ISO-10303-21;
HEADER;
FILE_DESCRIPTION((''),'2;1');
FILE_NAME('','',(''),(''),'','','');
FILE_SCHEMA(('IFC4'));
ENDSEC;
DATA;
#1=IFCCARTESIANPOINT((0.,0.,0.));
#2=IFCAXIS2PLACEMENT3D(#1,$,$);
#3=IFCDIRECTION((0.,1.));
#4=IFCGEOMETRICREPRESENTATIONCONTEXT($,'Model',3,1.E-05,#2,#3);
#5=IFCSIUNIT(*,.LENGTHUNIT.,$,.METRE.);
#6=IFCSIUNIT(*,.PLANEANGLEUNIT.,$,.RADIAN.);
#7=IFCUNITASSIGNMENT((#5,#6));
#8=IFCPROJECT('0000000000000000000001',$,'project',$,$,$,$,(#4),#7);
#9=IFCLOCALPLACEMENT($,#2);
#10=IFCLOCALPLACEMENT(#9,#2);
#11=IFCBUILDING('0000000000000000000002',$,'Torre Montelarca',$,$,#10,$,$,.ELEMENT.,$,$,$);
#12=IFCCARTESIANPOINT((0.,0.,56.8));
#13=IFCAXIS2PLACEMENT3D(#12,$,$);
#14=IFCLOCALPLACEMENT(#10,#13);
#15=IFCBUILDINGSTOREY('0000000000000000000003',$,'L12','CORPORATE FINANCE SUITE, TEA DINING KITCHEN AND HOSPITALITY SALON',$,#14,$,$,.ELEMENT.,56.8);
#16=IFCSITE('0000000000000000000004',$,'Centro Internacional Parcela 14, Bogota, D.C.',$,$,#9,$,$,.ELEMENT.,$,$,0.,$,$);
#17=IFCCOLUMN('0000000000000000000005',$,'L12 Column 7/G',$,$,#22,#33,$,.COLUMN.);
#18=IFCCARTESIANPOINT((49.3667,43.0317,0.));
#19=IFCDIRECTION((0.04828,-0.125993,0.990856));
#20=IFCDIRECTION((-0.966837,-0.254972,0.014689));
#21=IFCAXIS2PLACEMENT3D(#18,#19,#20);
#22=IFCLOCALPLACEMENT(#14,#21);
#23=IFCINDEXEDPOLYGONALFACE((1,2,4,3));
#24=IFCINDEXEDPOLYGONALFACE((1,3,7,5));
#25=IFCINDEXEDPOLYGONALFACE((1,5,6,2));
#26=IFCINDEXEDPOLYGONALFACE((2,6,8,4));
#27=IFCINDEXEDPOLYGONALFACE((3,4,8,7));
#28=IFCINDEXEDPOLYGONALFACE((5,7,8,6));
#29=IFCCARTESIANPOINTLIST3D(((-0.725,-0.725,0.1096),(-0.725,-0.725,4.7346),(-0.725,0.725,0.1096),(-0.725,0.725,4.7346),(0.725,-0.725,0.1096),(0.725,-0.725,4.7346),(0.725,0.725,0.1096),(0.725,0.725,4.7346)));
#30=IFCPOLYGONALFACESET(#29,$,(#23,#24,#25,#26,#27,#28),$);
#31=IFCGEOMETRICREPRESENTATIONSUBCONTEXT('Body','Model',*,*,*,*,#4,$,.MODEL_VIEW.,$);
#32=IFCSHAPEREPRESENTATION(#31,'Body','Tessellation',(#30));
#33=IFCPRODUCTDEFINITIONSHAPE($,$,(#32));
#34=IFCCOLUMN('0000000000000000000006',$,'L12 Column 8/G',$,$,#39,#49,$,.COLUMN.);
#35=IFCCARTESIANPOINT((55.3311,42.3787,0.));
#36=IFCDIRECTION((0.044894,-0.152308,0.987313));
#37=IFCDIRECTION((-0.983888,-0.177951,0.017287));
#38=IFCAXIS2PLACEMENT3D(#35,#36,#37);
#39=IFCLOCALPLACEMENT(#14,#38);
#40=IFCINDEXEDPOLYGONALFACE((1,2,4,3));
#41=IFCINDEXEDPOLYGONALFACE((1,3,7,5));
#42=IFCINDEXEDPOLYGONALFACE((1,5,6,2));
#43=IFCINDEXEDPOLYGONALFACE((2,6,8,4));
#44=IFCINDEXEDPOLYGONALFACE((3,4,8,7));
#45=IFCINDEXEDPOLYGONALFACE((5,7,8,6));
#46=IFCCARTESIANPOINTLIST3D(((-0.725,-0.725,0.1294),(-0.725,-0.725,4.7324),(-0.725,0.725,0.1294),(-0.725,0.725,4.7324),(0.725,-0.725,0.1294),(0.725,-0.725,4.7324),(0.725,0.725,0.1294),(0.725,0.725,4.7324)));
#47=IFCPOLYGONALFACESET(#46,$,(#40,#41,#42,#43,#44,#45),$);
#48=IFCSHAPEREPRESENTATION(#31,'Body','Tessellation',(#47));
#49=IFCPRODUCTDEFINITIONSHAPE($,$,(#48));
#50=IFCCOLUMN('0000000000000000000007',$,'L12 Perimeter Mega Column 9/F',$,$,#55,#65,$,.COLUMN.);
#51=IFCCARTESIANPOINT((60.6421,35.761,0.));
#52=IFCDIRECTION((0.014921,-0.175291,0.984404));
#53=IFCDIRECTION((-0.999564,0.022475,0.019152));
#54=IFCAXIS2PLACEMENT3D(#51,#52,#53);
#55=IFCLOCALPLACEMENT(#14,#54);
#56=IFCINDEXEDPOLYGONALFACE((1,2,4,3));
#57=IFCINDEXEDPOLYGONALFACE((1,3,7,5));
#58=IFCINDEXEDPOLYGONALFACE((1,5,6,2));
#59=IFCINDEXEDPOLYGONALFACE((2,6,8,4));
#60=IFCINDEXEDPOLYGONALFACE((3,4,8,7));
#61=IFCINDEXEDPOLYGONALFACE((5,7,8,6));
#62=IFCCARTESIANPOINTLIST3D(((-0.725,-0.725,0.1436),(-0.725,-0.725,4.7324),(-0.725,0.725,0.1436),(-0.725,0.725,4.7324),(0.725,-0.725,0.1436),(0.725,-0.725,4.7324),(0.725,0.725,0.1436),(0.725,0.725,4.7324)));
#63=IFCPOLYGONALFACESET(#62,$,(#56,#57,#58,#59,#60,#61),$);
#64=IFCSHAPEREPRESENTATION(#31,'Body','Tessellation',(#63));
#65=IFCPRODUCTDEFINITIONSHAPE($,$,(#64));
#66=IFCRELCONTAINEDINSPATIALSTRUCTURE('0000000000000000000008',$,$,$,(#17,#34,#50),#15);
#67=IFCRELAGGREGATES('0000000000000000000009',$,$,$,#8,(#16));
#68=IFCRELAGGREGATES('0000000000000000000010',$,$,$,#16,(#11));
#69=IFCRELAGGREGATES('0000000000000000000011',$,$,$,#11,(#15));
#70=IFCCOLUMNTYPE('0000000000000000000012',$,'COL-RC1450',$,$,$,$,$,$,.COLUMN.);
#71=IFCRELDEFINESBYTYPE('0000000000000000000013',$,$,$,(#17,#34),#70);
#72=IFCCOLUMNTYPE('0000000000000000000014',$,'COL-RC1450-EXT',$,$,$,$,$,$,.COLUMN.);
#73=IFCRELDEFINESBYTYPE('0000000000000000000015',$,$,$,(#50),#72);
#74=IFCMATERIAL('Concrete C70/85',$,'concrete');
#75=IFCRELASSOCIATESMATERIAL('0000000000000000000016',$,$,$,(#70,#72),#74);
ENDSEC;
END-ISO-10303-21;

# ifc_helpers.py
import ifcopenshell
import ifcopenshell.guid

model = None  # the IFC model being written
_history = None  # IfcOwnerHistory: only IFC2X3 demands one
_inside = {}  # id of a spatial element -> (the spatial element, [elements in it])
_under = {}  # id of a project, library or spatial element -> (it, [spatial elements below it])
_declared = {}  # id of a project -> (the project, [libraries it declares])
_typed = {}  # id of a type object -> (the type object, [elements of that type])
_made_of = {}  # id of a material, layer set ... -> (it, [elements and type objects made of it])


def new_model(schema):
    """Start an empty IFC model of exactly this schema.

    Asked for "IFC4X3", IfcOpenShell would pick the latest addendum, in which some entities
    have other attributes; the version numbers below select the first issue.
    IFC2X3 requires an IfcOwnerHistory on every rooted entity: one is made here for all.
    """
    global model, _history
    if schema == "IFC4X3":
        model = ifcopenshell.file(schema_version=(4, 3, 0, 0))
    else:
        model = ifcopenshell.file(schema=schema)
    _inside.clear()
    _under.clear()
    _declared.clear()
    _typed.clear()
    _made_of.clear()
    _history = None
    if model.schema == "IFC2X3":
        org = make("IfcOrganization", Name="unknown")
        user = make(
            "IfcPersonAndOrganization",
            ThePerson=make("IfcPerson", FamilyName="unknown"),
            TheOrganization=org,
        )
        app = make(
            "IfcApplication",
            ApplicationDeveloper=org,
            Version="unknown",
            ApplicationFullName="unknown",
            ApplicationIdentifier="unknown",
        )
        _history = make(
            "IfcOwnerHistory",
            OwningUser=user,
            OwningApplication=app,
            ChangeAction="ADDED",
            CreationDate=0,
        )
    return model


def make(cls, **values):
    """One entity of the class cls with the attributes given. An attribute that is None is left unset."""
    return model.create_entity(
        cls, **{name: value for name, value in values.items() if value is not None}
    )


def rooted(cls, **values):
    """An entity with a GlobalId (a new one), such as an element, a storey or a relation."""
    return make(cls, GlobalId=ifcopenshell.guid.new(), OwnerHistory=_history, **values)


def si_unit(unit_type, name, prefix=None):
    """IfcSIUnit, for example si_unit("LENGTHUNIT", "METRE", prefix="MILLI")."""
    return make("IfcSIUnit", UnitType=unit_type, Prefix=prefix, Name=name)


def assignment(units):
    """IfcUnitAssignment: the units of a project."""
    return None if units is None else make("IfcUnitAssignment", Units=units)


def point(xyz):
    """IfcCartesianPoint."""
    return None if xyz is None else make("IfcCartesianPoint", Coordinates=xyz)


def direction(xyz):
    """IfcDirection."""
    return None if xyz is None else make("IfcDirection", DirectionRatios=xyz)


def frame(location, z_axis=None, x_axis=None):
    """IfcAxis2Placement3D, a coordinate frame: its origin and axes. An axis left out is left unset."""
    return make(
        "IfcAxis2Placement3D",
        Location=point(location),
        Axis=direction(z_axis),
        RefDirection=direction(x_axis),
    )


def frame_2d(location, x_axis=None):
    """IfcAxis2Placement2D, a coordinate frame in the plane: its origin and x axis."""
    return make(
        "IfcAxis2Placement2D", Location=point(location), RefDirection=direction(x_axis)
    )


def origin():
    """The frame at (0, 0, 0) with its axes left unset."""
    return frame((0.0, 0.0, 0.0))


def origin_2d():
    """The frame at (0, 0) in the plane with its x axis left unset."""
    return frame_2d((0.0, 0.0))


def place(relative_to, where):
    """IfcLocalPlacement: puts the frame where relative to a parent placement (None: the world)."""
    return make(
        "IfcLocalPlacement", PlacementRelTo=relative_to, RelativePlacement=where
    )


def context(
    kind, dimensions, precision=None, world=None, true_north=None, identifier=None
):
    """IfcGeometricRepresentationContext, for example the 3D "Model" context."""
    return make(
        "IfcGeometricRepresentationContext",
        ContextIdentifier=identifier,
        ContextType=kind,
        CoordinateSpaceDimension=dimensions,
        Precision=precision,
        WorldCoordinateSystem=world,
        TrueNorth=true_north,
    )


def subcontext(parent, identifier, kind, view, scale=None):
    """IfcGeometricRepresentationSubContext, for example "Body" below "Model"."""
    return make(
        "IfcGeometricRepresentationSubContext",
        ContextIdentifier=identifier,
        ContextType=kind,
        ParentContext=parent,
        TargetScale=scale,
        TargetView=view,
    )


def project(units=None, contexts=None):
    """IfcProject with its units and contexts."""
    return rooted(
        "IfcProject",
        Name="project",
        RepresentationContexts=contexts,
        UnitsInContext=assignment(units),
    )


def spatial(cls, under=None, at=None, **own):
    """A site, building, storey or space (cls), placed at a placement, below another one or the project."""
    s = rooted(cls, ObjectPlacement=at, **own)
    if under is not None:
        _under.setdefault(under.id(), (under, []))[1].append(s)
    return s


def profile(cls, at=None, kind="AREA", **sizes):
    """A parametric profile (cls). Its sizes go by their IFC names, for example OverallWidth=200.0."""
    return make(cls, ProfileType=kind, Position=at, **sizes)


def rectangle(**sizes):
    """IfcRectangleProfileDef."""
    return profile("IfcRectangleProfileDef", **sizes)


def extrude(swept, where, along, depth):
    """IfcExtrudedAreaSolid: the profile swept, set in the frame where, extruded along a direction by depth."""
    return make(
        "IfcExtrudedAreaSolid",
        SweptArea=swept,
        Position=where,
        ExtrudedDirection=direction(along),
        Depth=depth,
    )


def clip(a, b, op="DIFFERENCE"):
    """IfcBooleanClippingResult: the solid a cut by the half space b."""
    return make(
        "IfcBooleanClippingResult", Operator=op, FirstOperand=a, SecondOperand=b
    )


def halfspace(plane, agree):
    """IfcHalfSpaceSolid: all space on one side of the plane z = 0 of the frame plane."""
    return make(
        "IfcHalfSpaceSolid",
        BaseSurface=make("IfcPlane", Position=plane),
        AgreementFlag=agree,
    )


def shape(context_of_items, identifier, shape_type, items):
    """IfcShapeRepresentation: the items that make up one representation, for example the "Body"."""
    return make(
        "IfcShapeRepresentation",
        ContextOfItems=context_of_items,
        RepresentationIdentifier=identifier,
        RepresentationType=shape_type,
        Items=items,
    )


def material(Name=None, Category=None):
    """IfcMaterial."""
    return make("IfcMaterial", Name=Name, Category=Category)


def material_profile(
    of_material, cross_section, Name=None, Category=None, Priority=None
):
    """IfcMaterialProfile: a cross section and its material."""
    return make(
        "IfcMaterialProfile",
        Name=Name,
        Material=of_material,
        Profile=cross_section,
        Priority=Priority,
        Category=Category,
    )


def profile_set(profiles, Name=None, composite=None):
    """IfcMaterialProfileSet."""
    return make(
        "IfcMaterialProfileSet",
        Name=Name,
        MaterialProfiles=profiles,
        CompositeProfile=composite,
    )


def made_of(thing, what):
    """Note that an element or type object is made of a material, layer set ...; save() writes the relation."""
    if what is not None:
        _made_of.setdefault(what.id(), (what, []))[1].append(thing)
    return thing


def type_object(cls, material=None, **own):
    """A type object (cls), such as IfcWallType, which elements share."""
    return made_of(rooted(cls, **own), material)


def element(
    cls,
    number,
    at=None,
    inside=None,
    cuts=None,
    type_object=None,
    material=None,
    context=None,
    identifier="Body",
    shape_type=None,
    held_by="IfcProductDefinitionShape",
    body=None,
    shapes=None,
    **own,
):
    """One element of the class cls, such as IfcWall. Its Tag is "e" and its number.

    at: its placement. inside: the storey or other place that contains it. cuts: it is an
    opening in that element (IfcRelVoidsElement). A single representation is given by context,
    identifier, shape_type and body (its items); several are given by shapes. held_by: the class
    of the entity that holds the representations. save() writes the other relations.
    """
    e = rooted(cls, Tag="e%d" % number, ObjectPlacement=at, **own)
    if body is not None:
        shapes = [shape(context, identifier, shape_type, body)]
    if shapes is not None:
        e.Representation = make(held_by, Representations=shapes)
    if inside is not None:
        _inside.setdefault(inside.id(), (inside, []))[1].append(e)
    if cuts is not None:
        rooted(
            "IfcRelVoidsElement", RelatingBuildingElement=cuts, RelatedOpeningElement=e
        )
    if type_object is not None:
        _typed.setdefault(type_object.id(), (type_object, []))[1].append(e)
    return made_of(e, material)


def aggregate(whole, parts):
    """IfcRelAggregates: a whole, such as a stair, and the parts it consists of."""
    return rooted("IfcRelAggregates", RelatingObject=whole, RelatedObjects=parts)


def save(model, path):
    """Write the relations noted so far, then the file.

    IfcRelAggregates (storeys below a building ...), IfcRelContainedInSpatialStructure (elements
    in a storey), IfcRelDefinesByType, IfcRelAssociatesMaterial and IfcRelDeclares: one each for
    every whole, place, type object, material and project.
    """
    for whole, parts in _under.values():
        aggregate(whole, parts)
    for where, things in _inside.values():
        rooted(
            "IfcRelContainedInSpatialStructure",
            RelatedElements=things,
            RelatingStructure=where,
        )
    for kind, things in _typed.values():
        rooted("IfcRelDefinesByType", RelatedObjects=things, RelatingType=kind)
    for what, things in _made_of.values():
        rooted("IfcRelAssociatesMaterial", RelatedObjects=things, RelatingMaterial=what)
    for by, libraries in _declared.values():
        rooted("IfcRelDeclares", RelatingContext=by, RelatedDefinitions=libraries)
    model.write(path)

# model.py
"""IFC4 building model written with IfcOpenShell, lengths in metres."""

from ifc_helpers import new_model, si_unit, direction, frame, origin, origin_2d, place, context, subcontext, project, spatial, rectangle, extrude, clip, halfspace, material, material_profile, profile_set, type_object, element, save


model = new_model("IFC4")

# Units and contexts
model_context = context("Model", 3, precision=1e-05, world=origin(), true_north=direction((0.0, 1.0)))
body_context = subcontext(model_context, "Body", "Model", "MODEL_VIEW")
ifc_project = project(units=[si_unit("LENGTHUNIT", "METRE"), si_unit("PLANEANGLEUNIT", "RADIAN")], contexts=[model_context])

# Site, building, storey
site_placement = place(None, origin())
site = spatial("IfcSite", under=ifc_project, at=site_placement, Name="Centro Internacional Parcela 14, Bogota, D.C.", CompositionType="ELEMENT", RefElevation=0.0)
building_placement = place(site_placement, origin())
building = spatial("IfcBuilding", under=site, at=building_placement, Name="Torre Montelarca", CompositionType="ELEMENT")
storey_placement = place(building_placement, frame((0.0, 0.0, 56.8)))
storey = spatial("IfcBuildingStorey", under=building, at=storey_placement, Name="L12", Description="CORPORATE FINANCE SUITE, TEA DINING KITCHEN AND HOSPITALITY SALON", CompositionType="ELEMENT", Elevation=56.8)

# Columns
ifc_material_1 = material(Name="Concrete C70/85", Category="concrete")
ifc_material_profile_1 = material_profile(ifc_material_1, rectangle(XDim=1.45, YDim=1.45, at=origin_2d()), Name="RC1450X1450", Category="concrete")
ifc_profile_set_1 = profile_set([ifc_material_profile_1], Name="Concrete C70/85")
column_type_1 = type_object("IfcColumnType", Name="COL-RC1450", PredefinedType="COLUMN", material=ifc_profile_set_1)
column_1_placement = place(storey_placement, frame((49.3667, 43.0317, 0.0), z_axis=(0.04828, -0.125993, 0.990856), x_axis=(-0.966837, -0.254972, 0.014689)))
element("IfcColumn", 1, at=column_1_placement, inside=storey, type_object=column_type_1, Name="L12 Column 7/G", PredefinedType="COLUMN", context=body_context, shape_type="Clipping", body=[
    clip(clip(extrude(rectangle(XDim=1.45, YDim=1.45, at=origin_2d()), origin(), (0.0, 0.0, 1.0), 4.8442), halfspace(frame((0.0, 0.0, 0.1096), z_axis=(0.0, 0.0, -1.0), x_axis=(1.0, 0.0, 0.0)), False)), halfspace(frame((0.0, 0.0, 4.7346), z_axis=(0.0, 0.0, 1.0), x_axis=(1.0, 0.0, 0.0)), False)),
])
column_2_placement = place(storey_placement, frame((55.3311, 42.3787, 0.0), z_axis=(0.044894, -0.152308, 0.987313), x_axis=(-0.983888, -0.177951, 0.017287)))
element("IfcColumn", 2, at=column_2_placement, inside=storey, type_object=column_type_1, Name="L12 Column 8/G", PredefinedType="COLUMN", context=body_context, shape_type="Clipping", body=[
    clip(clip(extrude(rectangle(XDim=1.45, YDim=1.45, at=origin_2d()), origin(), (0.0, 0.0, 1.0), 4.8618), halfspace(frame((0.0, 0.0, 0.1294), z_axis=(0.0, 0.0, -1.0), x_axis=(1.0, 0.0, 0.0)), False)), halfspace(frame((0.0, 0.0, 4.7324), z_axis=(0.0, 0.0, 1.0), x_axis=(1.0, 0.0, 0.0)), False)),
])
ifc_material_profile_2 = material_profile(ifc_material_1, rectangle(XDim=1.45, YDim=1.45, at=origin_2d()), Name="RC1450X1450", Category="concrete")
ifc_profile_set_2 = profile_set([ifc_material_profile_2], Name="Concrete C70/85")
column_type_2 = type_object("IfcColumnType", Name="COL-RC1450-EXT", PredefinedType="COLUMN", material=ifc_profile_set_2)
column_3_placement = place(storey_placement, frame((60.6421, 35.761, 0.0), z_axis=(0.014921, -0.175291, 0.984404), x_axis=(-0.999564, 0.022475, 0.019152)))
element("IfcColumn", 3, at=column_3_placement, inside=storey, type_object=column_type_2, Name="L12 Perimeter Mega Column 9/F", PredefinedType="COLUMN", context=body_context, shape_type="Clipping", body=[
    clip(clip(extrude(rectangle(XDim=1.45, YDim=1.45, at=origin_2d()), origin(), (0.0, 0.0, 1.0), 4.876), halfspace(frame((0.0, 0.0, 0.1436), z_axis=(0.0, 0.0, -1.0), x_axis=(1.0, 0.0, 0.0)), False)), halfspace(frame((0.0, 0.0, 4.7324), z_axis=(0.0, 0.0, 1.0), x_axis=(1.0, 0.0, 0.0)), False)),
])

save(model, "model.ifc")
